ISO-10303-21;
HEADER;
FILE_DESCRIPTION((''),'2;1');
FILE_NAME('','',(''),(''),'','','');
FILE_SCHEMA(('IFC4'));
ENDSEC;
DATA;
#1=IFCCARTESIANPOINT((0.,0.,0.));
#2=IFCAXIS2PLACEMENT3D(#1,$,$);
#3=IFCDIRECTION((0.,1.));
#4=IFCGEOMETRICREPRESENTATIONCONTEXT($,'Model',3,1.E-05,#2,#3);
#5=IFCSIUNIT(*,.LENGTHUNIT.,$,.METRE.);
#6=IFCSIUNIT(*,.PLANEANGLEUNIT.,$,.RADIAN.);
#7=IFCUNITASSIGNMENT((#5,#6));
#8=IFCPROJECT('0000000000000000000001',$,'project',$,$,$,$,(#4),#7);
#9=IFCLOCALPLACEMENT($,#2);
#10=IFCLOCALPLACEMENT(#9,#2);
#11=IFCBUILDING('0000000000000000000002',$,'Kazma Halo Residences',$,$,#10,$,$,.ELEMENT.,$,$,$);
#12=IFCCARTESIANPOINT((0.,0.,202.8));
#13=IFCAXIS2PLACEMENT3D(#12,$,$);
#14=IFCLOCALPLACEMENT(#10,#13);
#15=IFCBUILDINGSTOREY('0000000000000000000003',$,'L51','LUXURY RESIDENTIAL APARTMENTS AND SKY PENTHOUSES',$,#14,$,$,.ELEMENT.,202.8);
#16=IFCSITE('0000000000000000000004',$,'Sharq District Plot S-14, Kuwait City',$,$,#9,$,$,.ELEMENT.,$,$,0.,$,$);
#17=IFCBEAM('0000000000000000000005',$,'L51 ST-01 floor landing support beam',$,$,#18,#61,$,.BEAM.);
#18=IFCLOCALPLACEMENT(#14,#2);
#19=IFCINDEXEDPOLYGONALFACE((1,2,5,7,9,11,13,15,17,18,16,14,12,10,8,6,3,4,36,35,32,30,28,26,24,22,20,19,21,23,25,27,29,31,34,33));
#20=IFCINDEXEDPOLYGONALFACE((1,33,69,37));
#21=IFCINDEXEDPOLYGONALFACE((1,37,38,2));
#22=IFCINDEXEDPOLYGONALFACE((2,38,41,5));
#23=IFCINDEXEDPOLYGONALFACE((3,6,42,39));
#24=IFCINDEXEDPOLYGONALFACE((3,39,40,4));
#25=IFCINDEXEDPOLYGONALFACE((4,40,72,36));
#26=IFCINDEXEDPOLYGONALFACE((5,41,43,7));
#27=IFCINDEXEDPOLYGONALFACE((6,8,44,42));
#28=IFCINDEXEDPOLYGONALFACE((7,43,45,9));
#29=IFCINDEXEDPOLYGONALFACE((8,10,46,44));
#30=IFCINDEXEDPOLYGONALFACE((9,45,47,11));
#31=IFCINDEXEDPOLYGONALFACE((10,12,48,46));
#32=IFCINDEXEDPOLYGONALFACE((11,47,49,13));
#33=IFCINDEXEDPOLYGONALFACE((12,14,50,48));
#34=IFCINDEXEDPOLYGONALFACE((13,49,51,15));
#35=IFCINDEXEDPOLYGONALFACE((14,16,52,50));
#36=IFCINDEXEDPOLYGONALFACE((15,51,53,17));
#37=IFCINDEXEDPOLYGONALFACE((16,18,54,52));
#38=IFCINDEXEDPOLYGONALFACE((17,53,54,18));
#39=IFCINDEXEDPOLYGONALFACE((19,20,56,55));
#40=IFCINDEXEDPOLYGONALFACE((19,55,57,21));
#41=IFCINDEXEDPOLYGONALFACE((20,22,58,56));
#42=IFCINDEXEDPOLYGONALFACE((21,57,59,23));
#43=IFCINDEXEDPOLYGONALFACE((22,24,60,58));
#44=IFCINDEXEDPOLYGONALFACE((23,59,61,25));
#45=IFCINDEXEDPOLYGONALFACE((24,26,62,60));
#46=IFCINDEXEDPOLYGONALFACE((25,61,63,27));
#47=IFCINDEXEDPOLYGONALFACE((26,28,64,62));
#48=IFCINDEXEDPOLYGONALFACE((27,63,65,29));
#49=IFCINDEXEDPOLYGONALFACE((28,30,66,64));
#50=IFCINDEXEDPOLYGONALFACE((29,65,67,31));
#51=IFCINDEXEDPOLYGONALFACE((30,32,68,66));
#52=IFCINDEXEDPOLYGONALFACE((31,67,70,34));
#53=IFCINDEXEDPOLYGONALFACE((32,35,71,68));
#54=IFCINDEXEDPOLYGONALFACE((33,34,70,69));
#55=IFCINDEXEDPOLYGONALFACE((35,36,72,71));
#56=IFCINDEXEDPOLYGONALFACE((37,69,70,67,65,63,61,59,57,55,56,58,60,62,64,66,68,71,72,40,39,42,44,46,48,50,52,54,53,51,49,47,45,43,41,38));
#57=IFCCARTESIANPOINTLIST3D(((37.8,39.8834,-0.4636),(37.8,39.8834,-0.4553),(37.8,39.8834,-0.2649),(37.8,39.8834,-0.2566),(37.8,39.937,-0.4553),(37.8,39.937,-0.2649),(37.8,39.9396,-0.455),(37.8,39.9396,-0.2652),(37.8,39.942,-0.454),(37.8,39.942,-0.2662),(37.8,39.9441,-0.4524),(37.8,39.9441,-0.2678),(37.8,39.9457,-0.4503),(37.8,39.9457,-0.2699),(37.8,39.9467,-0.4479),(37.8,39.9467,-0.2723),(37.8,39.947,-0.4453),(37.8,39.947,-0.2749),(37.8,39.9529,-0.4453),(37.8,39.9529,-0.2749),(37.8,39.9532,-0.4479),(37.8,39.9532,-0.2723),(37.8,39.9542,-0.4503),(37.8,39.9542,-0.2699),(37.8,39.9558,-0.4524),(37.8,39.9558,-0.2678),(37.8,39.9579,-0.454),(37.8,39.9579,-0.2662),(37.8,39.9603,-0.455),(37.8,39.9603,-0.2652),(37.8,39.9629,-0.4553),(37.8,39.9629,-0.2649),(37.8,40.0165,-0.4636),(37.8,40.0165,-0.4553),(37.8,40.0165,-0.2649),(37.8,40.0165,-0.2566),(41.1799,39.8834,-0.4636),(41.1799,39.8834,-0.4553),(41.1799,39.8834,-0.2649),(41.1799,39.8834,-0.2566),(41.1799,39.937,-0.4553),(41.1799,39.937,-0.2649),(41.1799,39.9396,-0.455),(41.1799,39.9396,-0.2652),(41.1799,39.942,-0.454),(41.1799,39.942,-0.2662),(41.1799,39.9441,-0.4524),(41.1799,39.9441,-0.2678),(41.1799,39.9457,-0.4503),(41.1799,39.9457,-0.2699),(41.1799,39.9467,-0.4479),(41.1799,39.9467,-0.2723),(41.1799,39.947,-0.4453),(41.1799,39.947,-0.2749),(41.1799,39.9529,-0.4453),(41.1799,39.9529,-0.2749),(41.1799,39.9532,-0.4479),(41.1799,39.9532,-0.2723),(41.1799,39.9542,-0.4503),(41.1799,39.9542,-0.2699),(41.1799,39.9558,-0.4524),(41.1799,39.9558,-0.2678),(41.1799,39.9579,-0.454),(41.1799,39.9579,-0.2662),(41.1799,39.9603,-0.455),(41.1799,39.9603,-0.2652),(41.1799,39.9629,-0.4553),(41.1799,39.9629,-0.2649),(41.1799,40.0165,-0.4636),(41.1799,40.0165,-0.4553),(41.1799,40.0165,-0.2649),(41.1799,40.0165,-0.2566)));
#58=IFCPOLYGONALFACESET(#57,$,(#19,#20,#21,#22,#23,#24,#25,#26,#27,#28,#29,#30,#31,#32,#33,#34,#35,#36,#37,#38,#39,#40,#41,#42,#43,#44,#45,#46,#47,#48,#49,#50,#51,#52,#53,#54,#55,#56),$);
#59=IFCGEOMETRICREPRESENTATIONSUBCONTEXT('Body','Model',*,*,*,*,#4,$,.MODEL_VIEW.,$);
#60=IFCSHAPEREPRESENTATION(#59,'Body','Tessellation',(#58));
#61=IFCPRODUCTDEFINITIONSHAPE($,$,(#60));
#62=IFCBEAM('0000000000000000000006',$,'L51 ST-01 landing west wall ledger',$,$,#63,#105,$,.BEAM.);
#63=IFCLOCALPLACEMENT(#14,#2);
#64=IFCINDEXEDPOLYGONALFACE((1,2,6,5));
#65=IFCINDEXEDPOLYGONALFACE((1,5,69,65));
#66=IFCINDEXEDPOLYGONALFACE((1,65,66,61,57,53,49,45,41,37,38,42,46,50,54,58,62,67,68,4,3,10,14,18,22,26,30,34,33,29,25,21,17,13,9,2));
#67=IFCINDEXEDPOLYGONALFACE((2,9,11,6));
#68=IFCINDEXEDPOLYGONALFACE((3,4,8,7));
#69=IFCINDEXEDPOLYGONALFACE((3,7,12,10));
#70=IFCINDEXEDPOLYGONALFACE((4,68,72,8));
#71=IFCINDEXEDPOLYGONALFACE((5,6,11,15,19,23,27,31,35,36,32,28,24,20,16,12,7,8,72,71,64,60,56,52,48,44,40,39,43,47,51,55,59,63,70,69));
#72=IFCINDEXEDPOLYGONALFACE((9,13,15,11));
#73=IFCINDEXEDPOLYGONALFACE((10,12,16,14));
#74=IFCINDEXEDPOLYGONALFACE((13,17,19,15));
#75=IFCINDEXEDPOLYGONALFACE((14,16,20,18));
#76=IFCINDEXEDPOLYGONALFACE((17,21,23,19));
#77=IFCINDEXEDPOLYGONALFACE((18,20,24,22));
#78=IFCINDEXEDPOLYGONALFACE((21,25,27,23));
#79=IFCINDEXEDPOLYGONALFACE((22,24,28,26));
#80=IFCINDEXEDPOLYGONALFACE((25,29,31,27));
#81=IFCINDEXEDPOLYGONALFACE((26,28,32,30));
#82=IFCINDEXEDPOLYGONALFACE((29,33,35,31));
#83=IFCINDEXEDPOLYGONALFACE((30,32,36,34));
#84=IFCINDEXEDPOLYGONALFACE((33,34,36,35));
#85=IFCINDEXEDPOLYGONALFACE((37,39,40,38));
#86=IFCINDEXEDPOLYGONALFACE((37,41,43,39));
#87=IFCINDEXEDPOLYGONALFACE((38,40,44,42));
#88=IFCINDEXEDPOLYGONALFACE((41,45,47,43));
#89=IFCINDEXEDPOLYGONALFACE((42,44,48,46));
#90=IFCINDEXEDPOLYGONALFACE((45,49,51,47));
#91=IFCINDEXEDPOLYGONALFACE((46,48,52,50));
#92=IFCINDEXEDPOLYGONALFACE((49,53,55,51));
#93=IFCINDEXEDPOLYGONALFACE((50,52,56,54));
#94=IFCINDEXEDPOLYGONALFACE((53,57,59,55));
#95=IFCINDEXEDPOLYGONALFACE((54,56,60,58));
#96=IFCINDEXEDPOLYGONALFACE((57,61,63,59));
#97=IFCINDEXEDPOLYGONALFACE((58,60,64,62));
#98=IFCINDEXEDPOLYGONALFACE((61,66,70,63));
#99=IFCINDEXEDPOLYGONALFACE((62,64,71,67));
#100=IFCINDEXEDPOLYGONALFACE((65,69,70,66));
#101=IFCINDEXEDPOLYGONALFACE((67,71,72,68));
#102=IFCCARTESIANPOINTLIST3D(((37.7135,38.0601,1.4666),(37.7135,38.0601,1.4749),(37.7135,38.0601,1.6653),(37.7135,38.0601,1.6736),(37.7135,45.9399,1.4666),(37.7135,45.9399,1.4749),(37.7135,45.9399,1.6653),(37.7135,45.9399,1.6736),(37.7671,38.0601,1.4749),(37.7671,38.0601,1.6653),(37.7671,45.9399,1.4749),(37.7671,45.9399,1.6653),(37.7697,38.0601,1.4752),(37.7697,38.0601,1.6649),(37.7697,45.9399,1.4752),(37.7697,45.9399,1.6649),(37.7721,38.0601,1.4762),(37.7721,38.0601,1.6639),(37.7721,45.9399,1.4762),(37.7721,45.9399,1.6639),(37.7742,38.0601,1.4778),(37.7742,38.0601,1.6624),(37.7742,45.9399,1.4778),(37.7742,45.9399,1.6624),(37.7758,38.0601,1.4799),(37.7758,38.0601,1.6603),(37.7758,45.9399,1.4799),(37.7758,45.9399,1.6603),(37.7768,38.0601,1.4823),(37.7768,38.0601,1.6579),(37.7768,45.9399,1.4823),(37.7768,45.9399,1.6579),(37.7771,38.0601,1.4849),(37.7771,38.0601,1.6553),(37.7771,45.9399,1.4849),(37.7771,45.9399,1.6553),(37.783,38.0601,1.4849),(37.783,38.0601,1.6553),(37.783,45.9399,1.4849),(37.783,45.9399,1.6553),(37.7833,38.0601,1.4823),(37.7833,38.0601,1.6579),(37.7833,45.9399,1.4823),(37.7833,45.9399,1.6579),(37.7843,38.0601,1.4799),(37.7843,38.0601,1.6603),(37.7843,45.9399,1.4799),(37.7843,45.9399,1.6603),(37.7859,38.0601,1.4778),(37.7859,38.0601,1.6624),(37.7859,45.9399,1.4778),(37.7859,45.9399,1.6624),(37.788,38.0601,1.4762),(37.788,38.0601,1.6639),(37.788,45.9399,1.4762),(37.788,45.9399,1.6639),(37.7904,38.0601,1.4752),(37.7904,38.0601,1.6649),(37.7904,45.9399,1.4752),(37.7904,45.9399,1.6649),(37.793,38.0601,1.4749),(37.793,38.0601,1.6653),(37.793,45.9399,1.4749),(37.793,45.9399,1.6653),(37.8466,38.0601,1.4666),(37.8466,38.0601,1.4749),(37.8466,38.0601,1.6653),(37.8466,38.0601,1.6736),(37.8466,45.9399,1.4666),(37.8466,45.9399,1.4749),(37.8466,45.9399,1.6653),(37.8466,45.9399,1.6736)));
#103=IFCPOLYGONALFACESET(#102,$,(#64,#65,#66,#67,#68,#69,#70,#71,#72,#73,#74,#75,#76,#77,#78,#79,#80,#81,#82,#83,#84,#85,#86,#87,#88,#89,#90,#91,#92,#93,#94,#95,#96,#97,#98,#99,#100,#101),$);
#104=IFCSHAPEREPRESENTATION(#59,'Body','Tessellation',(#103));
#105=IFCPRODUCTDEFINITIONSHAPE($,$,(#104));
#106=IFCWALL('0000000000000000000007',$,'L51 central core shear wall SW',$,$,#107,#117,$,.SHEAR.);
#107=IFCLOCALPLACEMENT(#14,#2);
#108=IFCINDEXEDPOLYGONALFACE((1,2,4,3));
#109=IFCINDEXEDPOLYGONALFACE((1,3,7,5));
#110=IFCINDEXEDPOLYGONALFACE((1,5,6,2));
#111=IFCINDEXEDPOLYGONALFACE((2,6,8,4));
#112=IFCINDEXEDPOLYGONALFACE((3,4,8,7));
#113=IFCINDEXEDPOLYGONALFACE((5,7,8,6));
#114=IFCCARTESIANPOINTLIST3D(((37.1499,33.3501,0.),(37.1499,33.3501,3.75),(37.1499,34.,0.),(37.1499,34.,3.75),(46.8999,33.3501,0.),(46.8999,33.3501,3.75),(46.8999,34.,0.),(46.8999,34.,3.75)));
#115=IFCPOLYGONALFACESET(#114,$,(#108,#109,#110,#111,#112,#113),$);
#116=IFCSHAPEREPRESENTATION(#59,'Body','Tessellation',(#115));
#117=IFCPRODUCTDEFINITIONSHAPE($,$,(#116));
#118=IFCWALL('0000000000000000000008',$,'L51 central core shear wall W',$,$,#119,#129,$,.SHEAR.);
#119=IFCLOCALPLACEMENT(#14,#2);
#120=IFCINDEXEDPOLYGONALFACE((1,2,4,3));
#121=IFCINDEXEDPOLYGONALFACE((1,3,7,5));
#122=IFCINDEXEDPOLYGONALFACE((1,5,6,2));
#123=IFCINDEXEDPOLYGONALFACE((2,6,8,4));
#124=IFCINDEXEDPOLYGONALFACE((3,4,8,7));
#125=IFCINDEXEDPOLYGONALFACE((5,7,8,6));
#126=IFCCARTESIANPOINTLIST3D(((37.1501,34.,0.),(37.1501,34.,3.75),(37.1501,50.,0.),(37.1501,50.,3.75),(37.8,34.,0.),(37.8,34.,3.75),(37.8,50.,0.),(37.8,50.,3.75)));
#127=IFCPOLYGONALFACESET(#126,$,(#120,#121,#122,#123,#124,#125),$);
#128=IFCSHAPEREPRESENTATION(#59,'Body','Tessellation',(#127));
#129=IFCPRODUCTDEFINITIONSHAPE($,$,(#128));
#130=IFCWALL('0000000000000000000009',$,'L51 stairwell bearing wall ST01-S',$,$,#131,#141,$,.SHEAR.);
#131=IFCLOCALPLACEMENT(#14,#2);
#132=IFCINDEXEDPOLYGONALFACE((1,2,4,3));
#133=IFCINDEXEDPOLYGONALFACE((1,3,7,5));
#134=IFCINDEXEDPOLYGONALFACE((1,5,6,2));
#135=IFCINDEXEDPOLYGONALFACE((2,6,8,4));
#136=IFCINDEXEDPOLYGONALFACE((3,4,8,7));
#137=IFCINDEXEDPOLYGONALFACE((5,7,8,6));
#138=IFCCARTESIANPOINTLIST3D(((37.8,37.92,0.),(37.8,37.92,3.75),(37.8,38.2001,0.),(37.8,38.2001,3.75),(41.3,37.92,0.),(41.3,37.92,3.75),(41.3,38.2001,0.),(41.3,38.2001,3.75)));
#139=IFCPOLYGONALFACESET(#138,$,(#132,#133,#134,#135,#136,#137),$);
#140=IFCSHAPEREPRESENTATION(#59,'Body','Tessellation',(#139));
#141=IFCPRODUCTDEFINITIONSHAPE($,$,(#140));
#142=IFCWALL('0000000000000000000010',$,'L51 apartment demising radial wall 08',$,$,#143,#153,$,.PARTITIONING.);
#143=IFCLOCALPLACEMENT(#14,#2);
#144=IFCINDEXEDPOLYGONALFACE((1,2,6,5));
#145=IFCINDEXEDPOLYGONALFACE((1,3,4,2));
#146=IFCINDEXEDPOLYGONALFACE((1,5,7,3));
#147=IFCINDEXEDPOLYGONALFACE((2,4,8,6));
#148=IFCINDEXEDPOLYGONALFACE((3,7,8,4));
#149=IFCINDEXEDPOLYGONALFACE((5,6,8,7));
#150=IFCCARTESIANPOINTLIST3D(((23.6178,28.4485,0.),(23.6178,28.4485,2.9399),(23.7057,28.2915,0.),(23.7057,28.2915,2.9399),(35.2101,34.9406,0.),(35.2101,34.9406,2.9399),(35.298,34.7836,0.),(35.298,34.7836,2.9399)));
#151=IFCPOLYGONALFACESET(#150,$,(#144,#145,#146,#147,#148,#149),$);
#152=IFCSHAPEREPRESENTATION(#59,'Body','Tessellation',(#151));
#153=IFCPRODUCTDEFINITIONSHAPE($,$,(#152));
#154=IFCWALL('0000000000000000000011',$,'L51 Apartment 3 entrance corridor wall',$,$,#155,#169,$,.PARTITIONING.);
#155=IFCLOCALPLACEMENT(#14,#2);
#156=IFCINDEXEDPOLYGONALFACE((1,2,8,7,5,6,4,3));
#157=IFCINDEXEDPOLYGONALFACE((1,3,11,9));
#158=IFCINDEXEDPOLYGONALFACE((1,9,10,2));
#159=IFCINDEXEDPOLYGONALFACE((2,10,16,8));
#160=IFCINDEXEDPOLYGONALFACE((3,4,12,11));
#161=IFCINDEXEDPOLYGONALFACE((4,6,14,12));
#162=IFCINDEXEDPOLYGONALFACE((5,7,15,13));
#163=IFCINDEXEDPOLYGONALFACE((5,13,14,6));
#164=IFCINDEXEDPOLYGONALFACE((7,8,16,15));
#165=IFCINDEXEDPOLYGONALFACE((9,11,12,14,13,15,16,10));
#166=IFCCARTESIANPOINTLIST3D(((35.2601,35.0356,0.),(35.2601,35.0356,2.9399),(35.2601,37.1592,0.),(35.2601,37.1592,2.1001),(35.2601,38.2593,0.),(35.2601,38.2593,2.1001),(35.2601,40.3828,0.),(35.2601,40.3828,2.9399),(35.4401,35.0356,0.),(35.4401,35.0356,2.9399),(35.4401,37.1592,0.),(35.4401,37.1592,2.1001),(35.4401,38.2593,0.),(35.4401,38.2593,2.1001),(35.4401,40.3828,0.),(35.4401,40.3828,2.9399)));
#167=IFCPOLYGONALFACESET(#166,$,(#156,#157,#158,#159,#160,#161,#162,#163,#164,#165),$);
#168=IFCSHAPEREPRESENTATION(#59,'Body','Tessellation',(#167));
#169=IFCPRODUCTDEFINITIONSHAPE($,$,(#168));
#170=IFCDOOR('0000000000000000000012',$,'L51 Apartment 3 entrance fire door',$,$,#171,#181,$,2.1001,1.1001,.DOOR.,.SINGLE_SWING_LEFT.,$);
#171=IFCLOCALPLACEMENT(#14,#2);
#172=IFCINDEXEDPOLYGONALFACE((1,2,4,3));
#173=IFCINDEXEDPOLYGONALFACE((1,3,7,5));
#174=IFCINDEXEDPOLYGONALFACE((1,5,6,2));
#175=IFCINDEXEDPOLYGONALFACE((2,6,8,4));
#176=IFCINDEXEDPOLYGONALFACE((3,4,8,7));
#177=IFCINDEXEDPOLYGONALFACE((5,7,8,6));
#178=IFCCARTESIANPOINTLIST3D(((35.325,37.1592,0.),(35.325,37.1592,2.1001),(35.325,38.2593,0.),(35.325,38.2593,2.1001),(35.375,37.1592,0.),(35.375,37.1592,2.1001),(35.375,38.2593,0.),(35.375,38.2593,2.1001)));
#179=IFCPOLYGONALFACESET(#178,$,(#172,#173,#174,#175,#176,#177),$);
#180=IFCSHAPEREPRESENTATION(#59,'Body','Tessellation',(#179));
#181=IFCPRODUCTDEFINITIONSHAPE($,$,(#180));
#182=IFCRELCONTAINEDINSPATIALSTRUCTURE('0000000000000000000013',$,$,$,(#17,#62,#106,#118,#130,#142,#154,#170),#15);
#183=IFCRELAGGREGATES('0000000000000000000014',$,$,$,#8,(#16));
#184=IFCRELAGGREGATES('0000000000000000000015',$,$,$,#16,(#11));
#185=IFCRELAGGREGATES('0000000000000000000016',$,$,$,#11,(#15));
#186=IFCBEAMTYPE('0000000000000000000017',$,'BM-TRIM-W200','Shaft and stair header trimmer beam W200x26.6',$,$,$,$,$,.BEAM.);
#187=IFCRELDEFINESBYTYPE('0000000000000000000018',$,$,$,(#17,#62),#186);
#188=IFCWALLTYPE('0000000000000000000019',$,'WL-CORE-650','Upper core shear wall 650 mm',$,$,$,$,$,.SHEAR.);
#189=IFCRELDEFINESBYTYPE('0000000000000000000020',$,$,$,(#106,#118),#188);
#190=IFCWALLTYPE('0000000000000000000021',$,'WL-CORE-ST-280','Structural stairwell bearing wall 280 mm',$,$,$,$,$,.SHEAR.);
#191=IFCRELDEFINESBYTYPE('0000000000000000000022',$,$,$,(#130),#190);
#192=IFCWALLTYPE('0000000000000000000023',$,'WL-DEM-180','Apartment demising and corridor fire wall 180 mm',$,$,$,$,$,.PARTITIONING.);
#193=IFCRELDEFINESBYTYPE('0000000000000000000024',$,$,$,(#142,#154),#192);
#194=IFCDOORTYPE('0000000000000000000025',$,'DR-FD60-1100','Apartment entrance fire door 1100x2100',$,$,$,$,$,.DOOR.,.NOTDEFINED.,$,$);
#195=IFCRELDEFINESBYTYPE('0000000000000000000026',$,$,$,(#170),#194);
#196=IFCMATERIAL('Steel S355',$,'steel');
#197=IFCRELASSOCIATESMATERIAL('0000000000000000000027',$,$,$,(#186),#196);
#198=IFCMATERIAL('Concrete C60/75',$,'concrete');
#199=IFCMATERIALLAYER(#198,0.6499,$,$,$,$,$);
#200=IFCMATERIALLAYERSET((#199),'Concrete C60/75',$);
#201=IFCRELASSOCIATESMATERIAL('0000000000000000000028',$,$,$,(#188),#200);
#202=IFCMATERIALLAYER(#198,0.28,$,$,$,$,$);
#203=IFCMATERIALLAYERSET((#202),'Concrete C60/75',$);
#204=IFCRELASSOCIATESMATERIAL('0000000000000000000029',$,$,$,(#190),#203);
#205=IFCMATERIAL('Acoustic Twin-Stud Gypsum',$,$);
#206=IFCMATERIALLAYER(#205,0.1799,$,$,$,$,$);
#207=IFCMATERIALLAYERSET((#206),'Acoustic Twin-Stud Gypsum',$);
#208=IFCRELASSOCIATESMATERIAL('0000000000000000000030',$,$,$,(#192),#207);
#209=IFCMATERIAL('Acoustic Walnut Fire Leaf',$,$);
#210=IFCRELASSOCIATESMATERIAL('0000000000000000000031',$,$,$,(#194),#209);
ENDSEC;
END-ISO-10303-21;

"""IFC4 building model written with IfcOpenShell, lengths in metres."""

from ifc_helpers import new_model, si_unit, direction, frame, frame_2d, origin, origin_2d, place, context, subcontext, project, spatial, rectangle, i_section, extrude, material, layer, layer_set, material_profile, profile_set, type_object, element, fill, save


model = new_model("IFC4")

# Units and contexts
model_context = context("Model", 3, precision=1e-05, world=origin(), true_north=direction((0.0, 1.0)))
body_context = subcontext(model_context, "Body", "Model", "MODEL_VIEW")
ifc_project = project(units=[si_unit("LENGTHUNIT", "METRE"), si_unit("PLANEANGLEUNIT", "RADIAN")], contexts=[model_context])

# Site, building, storey
site_placement = place(None, origin())
site = spatial("IfcSite", under=ifc_project, at=site_placement, Name="Sharq District Plot S-14, Kuwait City", CompositionType="ELEMENT", RefElevation=0.0)
building_placement = place(site_placement, origin())
building = spatial("IfcBuilding", under=site, at=building_placement, Name="Kazma Halo Residences", CompositionType="ELEMENT")
storey_placement = place(building_placement, frame((0.0, 0.0, 202.8)))
storey = spatial("IfcBuildingStorey", under=building, at=storey_placement, Name="L51", Description="LUXURY RESIDENTIAL APARTMENTS AND SKY PENTHOUSES", CompositionType="ELEMENT", Elevation=202.8)

# Beams
ifc_material_1 = material(Name="Steel S355", Category="steel")
ifc_material_profile_1 = material_profile(ifc_material_1, i_section(OverallWidth=0.1331, OverallDepth=0.207, WebThickness=0.0059, FlangeThickness=0.0083, FilletRadius=0.01, at=origin_2d()), Name="W200x26.6")
ifc_profile_set_1 = profile_set([ifc_material_profile_1], Name="Steel S355")
beam_type_1 = type_object("IfcBeamType", Name="BM-TRIM-W200", Description="Shaft and stair header trimmer beam W200x26.6", PredefinedType="BEAM", material=ifc_profile_set_1)
beam_1_placement = place(storey_placement, frame((37.8, 39.95, -0.3601), z_axis=(1.0, 0.0, 0.0), x_axis=(0.0, 1.0, 0.0)))
element("IfcBeam", 1, at=beam_1_placement, inside=storey, type_object=beam_type_1, Name="L51 ST-01 floor landing support beam", PredefinedType="BEAM", context=body_context, shape_type="SweptSolid", body=[
    extrude(i_section(OverallWidth=0.1331, OverallDepth=0.207, WebThickness=0.0059, FlangeThickness=0.0083, FilletRadius=0.01, at=origin_2d()), origin(), (0.0, 0.0, 1.0), 3.3799),
])
beam_2_placement = place(storey_placement, frame((37.78, 38.0601, 1.5701), z_axis=(0.0, 1.0, 0.0), x_axis=(-1.0, 0.0, 0.0)))
element("IfcBeam", 2, at=beam_2_placement, inside=storey, type_object=beam_type_1, Name="L51 ST-01 landing west wall ledger", PredefinedType="BEAM", context=body_context, shape_type="SweptSolid", body=[
    extrude(i_section(OverallWidth=0.1331, OverallDepth=0.207, WebThickness=0.0059, FlangeThickness=0.0083, FilletRadius=0.01, at=origin_2d()), origin(), (0.0, 0.0, 1.0), 7.8799),
])

# Walls
ifc_material_2 = material(Name="Concrete C60/75", Category="concrete")
ifc_layer_1 = layer(ifc_material_2, 0.6499)
ifc_layer_set_1 = layer_set([ifc_layer_1], Name="Concrete C60/75")
wall_type_1 = type_object("IfcWallType", Name="WL-CORE-650", Description="Upper core shear wall 650 mm", PredefinedType="SHEAR", material=ifc_layer_set_1)
wall_1_placement = place(storey_placement, frame((37.1499, 33.675, 0.0), z_axis=(0.0, 0.0, 1.0), x_axis=(1.0, 0.0, 0.0)))
element("IfcWall", 3, at=wall_1_placement, inside=storey, type_object=wall_type_1, Name="L51 central core shear wall SW", PredefinedType="SHEAR", context=body_context, shape_type="SweptSolid", body=[
    extrude(rectangle(XDim=9.75, YDim=0.6499, at=frame_2d((4.875, 0.0))), origin(), (0.0, 0.0, 1.0), 3.75),
])
wall_2_placement = place(storey_placement, frame((37.4751, 34.0, 0.0), z_axis=(0.0, 0.0, 1.0), x_axis=(0.0, 1.0, 0.0)))
element("IfcWall", 4, at=wall_2_placement, inside=storey, type_object=wall_type_1, Name="L51 central core shear wall W", PredefinedType="SHEAR", context=body_context, shape_type="SweptSolid", body=[
    extrude(rectangle(XDim=16.0, YDim=0.6499, at=frame_2d((8.0, 0.0))), origin(), (0.0, 0.0, 1.0), 3.75),
])
ifc_layer_2 = layer(ifc_material_2, 0.28)
ifc_layer_set_2 = layer_set([ifc_layer_2], Name="Concrete C60/75")
wall_type_2 = type_object("IfcWallType", Name="WL-CORE-ST-280", Description="Structural stairwell bearing wall 280 mm", PredefinedType="SHEAR", material=ifc_layer_set_2)
wall_3_placement = place(storey_placement, frame((37.8, 38.0601, 0.0), z_axis=(0.0, 0.0, 1.0), x_axis=(1.0, 0.0, 0.0)))
element("IfcWall", 5, at=wall_3_placement, inside=storey, type_object=wall_type_2, Name="L51 stairwell bearing wall ST01-S", PredefinedType="SHEAR", context=body_context, shape_type="SweptSolid", body=[
    extrude(rectangle(XDim=3.5, YDim=0.28, at=frame_2d((1.75, 0.0))), origin(), (0.0, 0.0, 1.0), 3.75),
])
ifc_material_3 = material(Name="Acoustic Twin-Stud Gypsum")
ifc_layer_3 = layer(ifc_material_3, 0.1799)
ifc_layer_set_3 = layer_set([ifc_layer_3], Name="Acoustic Twin-Stud Gypsum")
wall_type_3 = type_object("IfcWallType", Name="WL-DEM-180", Description="Apartment demising and corridor fire wall 180 mm", PredefinedType="PARTITIONING", material=ifc_layer_set_3)
wall_4_placement = place(storey_placement, frame((35.2539, 34.8621, 0.0), z_axis=(0.0, 0.0, 1.0), x_axis=(-0.87249, -0.488632, 0.0)))
element("IfcWall", 6, at=wall_4_placement, inside=storey, type_object=wall_type_3, Name="L51 apartment demising radial wall 08", PredefinedType="PARTITIONING", context=body_context, shape_type="SweptSolid", body=[
    extrude(rectangle(XDim=13.2864, YDim=0.1799, at=frame_2d((6.6431, 0.0))), origin(), (0.0, 0.0, 1.0), 2.9399),
])

# Wall, opening, door
wall_5_placement = place(storey_placement, frame((35.3501, 40.3828, 0.0), z_axis=(0.0, 0.0, 1.0), x_axis=(0.0, -1.0, 0.0)))
wall_5 = element("IfcWall", 7, at=wall_5_placement, inside=storey, type_object=wall_type_3, Name="L51 Apartment 3 entrance corridor wall", PredefinedType="PARTITIONING", context=body_context, shape_type="SweptSolid", body=[
    extrude(rectangle(XDim=5.3472, YDim=0.1799, at=frame_2d((2.6736, 0.0))), origin(), (0.0, 0.0, 1.0), 2.9399),
])
opening_1_placement = place(wall_5_placement, frame((2.1235, 0.0, 0.0)))
opening_1 = element("IfcOpeningElement", 8, at=opening_1_placement, cuts=wall_5, PredefinedType="OPENING", context=body_context, shape_type="SweptSolid", body=[
    extrude(rectangle(XDim=1.1001, YDim=2.1001, at=frame_2d((0.55, 1.05))), frame((0.0, 0.0999, 0.0), z_axis=(0.0, -1.0, 0.0), x_axis=(1.0, 0.0, 0.0)), (0.0, 0.0, 1.0), 0.2),
])
ifc_material_4 = material(Name="Acoustic Walnut Fire Leaf")
door_type_1 = type_object("IfcDoorType", Name="DR-FD60-1100", Description="Apartment entrance fire door 1100x2100", OperationType="NOTDEFINED", PredefinedType="DOOR", material=ifc_material_4)
door_1_placement = place(opening_1_placement, origin())
door_1 = element("IfcDoor", 9, at=door_1_placement, inside=storey, type_object=door_type_1, Name="L51 Apartment 3 entrance fire door", OperationType="SINGLE_SWING_LEFT", OverallHeight=2.1001, OverallWidth=1.1001, PredefinedType="DOOR", context=body_context, shape_type="SweptSolid", body=[
    extrude(rectangle(XDim=1.1001, YDim=2.1001, at=frame_2d((0.55, 1.05))), frame((0.0, 0.0249, 0.0), z_axis=(0.0, -1.0, 0.0), x_axis=(1.0, 0.0, 0.0)), (0.0, 0.0, 1.0), 0.05),
])
fill(opening_1, door_1)

save(model, "model.ifc")
